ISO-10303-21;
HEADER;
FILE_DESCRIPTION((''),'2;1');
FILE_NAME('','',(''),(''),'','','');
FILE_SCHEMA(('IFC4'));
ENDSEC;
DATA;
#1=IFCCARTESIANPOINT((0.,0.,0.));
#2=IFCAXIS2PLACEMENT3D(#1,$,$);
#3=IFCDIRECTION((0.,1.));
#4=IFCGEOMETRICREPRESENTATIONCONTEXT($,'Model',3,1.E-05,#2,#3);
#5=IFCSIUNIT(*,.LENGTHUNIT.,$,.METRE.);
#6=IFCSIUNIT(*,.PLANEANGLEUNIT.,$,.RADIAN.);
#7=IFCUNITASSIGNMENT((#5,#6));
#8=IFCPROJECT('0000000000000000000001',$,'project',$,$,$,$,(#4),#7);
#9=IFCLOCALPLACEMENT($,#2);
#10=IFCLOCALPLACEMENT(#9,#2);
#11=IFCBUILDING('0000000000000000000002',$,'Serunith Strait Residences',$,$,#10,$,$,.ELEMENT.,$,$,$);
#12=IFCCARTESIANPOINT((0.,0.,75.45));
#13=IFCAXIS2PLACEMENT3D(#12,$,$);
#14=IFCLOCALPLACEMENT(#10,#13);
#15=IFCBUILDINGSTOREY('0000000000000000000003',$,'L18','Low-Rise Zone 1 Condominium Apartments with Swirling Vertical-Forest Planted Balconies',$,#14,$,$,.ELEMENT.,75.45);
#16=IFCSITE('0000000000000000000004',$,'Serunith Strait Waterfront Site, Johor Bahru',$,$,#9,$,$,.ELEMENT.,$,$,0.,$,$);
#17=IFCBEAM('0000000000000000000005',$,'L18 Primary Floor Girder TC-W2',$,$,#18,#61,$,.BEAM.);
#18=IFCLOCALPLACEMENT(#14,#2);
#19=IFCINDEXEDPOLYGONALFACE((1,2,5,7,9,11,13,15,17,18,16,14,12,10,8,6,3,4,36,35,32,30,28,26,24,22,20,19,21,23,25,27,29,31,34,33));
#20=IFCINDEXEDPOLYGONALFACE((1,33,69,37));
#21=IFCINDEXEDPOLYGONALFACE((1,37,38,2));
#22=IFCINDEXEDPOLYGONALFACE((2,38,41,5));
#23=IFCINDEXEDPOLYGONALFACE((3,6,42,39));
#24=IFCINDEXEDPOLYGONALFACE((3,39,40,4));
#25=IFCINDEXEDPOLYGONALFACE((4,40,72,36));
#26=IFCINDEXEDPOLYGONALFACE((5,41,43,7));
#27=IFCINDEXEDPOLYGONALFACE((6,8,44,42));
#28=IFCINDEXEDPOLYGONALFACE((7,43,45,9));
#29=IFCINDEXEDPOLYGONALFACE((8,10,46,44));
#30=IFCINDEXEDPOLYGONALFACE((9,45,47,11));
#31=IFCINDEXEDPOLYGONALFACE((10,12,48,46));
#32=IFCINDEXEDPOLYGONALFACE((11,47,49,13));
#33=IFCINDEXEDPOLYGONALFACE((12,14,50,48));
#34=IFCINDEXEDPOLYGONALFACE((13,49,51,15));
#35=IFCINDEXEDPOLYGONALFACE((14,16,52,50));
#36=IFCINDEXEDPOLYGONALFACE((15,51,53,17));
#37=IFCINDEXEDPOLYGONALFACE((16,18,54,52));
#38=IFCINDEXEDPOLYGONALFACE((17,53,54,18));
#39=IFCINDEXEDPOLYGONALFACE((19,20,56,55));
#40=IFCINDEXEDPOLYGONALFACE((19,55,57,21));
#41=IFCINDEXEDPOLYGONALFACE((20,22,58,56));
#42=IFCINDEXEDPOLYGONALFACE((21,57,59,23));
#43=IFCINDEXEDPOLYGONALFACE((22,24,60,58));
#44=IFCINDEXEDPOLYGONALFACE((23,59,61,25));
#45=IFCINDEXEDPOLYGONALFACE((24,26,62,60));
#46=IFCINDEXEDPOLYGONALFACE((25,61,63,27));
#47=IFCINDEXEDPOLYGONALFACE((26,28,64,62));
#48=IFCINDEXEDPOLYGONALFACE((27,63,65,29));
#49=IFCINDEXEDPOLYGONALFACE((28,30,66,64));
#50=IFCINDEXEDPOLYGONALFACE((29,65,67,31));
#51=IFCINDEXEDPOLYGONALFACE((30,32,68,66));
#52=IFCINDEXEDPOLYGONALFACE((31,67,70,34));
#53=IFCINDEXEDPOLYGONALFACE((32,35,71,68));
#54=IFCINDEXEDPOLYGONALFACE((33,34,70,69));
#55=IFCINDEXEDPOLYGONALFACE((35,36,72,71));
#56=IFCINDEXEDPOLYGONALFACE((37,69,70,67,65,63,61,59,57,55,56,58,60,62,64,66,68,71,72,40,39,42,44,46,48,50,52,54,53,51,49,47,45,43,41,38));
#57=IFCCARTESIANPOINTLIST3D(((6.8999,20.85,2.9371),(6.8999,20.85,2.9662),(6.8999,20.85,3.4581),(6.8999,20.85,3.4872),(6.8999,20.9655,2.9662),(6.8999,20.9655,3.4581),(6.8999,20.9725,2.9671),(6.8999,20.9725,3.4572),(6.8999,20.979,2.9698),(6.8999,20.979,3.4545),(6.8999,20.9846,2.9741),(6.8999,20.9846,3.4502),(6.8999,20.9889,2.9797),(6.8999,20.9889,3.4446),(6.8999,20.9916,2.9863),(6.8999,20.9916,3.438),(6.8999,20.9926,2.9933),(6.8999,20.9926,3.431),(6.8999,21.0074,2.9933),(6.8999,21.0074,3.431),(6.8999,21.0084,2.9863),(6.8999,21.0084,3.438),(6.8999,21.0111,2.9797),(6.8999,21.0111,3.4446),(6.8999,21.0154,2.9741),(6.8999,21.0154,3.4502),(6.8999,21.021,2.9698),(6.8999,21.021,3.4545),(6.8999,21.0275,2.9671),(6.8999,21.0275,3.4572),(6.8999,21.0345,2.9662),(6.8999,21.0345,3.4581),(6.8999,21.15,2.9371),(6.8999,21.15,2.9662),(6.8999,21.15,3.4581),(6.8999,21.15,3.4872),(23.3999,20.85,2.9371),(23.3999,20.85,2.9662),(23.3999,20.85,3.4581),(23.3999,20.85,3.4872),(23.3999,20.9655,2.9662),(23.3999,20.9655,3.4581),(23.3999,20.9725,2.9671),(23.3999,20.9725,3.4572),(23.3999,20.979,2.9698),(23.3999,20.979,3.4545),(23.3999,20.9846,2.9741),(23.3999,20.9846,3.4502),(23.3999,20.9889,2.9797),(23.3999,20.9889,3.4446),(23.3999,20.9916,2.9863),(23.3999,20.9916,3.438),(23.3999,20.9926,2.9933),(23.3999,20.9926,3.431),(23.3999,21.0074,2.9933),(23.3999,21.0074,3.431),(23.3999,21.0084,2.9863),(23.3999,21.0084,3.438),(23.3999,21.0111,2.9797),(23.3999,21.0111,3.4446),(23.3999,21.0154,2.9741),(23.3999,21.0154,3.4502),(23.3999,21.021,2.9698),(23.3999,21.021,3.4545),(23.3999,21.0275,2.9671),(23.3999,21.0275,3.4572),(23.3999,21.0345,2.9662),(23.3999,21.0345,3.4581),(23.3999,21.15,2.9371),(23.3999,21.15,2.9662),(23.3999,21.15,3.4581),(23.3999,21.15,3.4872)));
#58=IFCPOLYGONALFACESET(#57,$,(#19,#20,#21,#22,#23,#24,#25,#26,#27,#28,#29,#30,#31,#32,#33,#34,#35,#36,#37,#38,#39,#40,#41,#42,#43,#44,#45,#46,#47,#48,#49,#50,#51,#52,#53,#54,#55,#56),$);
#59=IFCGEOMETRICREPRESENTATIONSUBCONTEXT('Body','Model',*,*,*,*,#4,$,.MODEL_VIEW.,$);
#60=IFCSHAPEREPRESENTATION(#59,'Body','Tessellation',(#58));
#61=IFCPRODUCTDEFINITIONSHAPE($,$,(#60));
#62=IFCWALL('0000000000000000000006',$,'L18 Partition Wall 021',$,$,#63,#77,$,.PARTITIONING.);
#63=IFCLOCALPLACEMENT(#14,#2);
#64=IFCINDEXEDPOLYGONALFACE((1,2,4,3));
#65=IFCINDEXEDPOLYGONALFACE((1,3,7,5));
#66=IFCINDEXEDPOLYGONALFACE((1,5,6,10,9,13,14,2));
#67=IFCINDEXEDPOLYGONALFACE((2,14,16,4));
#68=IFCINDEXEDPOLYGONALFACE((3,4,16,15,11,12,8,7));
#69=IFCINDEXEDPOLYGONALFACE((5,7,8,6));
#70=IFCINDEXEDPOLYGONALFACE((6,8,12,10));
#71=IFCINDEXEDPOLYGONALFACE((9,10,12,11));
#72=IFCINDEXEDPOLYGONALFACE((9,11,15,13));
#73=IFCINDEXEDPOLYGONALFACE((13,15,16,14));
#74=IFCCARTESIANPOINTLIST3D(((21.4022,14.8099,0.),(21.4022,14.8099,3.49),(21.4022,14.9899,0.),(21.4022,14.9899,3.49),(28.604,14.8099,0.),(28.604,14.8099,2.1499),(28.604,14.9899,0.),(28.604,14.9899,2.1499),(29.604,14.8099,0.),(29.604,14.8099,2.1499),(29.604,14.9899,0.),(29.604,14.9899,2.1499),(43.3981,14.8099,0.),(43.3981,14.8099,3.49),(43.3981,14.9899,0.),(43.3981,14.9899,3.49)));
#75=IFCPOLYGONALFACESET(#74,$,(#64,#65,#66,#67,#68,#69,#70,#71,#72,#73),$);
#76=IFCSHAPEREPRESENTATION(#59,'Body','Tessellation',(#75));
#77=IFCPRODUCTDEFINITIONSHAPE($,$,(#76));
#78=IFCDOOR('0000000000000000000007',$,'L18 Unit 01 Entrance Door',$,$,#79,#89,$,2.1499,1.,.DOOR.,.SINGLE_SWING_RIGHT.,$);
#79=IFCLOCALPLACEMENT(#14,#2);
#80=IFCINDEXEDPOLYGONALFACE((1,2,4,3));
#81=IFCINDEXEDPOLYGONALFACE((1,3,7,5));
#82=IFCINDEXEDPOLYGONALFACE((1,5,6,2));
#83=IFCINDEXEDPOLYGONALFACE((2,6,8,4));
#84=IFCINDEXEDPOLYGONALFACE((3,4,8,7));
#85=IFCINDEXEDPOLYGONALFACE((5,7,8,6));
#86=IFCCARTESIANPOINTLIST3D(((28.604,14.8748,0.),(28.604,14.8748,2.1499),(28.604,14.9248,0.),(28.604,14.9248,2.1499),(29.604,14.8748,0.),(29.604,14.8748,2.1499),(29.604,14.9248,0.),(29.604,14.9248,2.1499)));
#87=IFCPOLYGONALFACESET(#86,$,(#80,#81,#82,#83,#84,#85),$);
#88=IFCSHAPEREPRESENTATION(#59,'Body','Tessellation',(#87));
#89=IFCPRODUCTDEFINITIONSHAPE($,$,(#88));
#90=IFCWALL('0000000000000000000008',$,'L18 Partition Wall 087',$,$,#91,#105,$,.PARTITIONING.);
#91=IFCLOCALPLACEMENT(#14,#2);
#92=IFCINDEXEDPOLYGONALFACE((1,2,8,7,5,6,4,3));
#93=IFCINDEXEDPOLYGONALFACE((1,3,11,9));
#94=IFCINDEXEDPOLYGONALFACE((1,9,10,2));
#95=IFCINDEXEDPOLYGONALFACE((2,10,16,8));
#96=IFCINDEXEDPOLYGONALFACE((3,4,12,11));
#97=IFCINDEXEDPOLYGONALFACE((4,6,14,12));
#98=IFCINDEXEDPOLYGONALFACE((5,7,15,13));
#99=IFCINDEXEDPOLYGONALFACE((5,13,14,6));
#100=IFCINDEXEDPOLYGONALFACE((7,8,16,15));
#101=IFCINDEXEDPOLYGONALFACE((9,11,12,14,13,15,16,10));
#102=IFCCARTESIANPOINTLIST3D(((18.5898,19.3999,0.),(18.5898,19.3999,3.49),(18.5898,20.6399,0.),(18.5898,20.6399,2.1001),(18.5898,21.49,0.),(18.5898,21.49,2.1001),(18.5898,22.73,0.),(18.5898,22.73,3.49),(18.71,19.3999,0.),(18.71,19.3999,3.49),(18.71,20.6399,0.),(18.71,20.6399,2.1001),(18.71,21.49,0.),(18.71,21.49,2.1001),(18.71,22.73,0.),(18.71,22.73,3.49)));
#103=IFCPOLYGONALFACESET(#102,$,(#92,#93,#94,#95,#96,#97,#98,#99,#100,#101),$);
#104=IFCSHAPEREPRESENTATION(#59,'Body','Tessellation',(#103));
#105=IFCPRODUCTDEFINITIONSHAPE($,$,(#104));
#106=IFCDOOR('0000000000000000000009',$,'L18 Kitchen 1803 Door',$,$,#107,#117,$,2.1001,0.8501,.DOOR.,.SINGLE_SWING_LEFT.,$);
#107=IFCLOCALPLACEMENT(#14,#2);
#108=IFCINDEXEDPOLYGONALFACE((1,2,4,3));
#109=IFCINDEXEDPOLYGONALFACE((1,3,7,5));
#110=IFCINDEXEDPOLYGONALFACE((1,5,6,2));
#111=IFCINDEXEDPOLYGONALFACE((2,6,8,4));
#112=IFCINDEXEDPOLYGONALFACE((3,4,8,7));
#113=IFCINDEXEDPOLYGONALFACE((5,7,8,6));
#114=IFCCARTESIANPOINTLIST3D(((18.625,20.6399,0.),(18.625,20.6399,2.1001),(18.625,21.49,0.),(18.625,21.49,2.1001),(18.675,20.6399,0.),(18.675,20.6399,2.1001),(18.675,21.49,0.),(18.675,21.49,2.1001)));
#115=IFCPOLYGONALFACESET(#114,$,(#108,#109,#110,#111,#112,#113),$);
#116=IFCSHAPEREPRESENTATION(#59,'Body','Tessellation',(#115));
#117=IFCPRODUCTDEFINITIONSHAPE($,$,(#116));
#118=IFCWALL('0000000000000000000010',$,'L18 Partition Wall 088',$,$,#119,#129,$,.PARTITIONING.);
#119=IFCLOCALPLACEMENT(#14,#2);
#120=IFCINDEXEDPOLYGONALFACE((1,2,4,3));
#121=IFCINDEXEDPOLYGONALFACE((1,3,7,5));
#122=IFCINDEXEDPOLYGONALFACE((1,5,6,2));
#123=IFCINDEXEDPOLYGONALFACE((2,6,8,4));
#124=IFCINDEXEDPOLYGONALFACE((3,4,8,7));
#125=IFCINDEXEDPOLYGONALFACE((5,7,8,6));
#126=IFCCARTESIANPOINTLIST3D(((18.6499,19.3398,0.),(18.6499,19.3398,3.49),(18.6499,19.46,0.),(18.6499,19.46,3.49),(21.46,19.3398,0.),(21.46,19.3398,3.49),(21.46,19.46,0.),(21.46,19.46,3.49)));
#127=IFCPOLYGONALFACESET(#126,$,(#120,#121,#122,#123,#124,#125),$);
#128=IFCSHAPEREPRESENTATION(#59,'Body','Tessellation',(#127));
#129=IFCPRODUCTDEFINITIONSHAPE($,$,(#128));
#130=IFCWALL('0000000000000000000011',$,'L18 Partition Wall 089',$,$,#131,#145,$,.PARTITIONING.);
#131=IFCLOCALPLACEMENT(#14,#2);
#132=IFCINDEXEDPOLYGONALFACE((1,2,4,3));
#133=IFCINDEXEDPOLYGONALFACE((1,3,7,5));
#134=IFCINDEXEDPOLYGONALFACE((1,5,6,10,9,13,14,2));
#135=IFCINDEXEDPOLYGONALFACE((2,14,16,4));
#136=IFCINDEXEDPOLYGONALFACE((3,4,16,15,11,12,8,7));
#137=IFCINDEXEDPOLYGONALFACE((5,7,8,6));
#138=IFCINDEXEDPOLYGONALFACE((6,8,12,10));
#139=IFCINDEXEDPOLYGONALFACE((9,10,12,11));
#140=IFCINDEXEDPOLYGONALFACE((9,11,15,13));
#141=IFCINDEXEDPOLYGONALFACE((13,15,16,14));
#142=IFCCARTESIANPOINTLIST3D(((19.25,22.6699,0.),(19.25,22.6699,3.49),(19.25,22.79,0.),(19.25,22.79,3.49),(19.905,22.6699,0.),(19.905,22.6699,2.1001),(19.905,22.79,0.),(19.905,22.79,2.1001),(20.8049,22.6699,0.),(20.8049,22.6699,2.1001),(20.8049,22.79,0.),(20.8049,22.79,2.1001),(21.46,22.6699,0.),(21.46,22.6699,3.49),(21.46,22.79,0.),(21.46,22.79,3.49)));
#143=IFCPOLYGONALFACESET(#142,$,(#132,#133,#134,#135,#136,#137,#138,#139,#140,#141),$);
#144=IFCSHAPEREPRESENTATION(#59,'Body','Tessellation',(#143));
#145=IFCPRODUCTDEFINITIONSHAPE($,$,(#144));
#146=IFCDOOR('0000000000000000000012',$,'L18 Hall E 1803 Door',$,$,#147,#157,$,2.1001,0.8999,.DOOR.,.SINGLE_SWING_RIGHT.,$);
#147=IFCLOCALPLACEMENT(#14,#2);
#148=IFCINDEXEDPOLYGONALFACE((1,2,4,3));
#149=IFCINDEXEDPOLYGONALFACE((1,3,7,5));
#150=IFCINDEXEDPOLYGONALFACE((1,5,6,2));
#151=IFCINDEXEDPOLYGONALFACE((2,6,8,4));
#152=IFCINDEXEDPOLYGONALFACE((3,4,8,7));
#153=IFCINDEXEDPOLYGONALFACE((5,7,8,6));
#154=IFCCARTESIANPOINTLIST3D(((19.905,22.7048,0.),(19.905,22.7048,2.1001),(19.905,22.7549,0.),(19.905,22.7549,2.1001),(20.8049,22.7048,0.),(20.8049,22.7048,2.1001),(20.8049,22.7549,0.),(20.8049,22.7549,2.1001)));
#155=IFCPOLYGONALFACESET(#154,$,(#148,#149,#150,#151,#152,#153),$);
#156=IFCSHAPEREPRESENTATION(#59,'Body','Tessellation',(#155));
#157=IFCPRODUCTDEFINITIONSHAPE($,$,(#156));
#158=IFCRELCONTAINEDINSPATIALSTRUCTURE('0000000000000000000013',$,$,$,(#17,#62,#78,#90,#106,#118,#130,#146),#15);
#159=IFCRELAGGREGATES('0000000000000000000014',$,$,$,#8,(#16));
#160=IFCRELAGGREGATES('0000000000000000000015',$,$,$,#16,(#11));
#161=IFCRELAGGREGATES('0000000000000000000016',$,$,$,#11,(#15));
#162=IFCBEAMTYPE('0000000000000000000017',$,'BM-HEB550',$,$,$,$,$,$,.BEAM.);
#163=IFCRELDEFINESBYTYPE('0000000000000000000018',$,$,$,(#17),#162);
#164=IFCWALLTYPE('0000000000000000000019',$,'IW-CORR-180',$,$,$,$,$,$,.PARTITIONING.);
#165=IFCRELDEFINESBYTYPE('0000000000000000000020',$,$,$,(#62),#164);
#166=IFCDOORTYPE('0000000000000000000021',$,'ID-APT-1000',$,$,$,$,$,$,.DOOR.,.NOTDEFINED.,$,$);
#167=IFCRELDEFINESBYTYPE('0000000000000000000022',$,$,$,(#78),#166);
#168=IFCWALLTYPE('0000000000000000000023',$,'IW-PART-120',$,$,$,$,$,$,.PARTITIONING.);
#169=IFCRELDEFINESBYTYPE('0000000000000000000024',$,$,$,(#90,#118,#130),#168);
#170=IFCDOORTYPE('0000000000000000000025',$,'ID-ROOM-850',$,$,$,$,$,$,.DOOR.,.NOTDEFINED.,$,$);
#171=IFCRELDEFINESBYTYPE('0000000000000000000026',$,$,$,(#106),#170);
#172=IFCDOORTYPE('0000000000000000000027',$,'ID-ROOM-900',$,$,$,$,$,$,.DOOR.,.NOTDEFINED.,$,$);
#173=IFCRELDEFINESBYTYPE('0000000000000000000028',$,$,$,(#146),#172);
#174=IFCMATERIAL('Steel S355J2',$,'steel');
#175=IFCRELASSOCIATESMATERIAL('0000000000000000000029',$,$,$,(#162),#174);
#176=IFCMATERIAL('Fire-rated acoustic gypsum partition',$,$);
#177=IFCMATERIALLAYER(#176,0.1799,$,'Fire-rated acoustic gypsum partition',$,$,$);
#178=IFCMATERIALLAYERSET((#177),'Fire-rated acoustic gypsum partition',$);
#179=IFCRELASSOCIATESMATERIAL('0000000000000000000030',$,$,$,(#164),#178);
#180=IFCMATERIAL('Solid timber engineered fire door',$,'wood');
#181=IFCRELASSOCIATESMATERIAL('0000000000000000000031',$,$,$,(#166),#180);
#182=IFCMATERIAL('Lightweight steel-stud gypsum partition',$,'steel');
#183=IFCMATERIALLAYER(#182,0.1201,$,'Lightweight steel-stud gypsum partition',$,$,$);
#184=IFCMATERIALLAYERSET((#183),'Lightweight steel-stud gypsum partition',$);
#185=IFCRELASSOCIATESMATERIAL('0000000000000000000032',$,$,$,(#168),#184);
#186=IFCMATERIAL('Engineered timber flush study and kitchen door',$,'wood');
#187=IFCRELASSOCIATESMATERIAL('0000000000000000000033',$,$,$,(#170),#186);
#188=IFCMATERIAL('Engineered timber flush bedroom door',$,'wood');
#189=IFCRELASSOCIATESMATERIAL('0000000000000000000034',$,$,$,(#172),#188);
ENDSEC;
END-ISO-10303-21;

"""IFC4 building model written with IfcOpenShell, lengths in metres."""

from ifc_helpers import new_model, si_unit, direction, frame, frame_2d, origin, origin_2d, place, context, subcontext, project, spatial, rectangle, i_section, extrude, source, transform, mapped, material, layer, layer_set, material_profile, profile_set, type_object, element, fill, save


model = new_model("IFC4")

# Units and contexts
model_context = context("Model", 3, precision=1e-05, world=origin(), true_north=direction((0.0, 1.0)))
body_context = subcontext(model_context, "Body", "Model", "MODEL_VIEW")
ifc_project = project(units=[si_unit("LENGTHUNIT", "METRE"), si_unit("PLANEANGLEUNIT", "RADIAN")], contexts=[model_context])

# Site, building, storey
site_placement = place(None, origin())
site = spatial("IfcSite", under=ifc_project, at=site_placement, Name="Serunith Strait Waterfront Site, Johor Bahru", CompositionType="ELEMENT", RefElevation=0.0)
building_placement = place(site_placement, origin())
building = spatial("IfcBuilding", under=site, at=building_placement, Name="Serunith Strait Residences", CompositionType="ELEMENT")
storey_placement = place(building_placement, frame((0.0, 0.0, 75.45)))
storey = spatial("IfcBuildingStorey", under=building, at=storey_placement, Name="L18", Description="Low-Rise Zone 1 Condominium Apartments with Swirling Vertical-Forest Planted Balconies", CompositionType="ELEMENT", Elevation=75.45)

# Beam
ifc_material_1 = material(Name="Steel S355J2", Category="steel")
ifc_material_profile = material_profile(ifc_material_1, i_section(OverallWidth=0.3, OverallDepth=0.55, WebThickness=0.0149, FlangeThickness=0.0291, FilletRadius=0.0271, at=origin_2d()), Name="HEB 550")
ifc_profile_set = profile_set([ifc_material_profile], Name="Steel S355J2")
beam_type = type_object("IfcBeamType", Name="BM-HEB550", PredefinedType="BEAM", material=ifc_profile_set)
shared_shape_1 = source(origin(), body_context, "Body", "SweptSolid", [
    extrude(i_section(OverallWidth=0.3, OverallDepth=0.55, WebThickness=0.0149, FlangeThickness=0.0291, FilletRadius=0.0271, at=origin_2d()), origin(), (0.0, 0.0, 1.0), 16.5),
])
beam_placement = place(storey_placement, frame((23.3999, 21.0, 3.2122), z_axis=(-1.0, 0.0, 0.0), x_axis=(0.0, -1.0, 0.0)))
element("IfcBeam", 1, at=beam_placement, inside=storey, type_object=beam_type, Name="L18 Primary Floor Girder TC-W2", PredefinedType="BEAM", context=body_context, shape_type="MappedRepresentation", body=[
    mapped(shared_shape_1, transform((0.0, 0.0, 0.0), scale=1.0)),
])

# Walls, openings, doors
ifc_material_2 = material(Name="Fire-rated acoustic gypsum partition")
ifc_layer_1 = layer(ifc_material_2, 0.1799, Name="Fire-rated acoustic gypsum partition")
ifc_layer_set_1 = layer_set([ifc_layer_1], Name="Fire-rated acoustic gypsum partition")
wall_type_1 = type_object("IfcWallType", Name="IW-CORR-180", PredefinedType="PARTITIONING", material=ifc_layer_set_1)
wall_1_placement = place(storey_placement, frame((21.4021, 14.8999, 0.0), z_axis=(0.0, 0.0, 1.0), x_axis=(1.0, 0.0, 0.0)))
wall_1 = element("IfcWall", 2, at=wall_1_placement, inside=storey, type_object=wall_type_1, Name="L18 Partition Wall 021", PredefinedType="PARTITIONING", context=body_context, shape_type="SweptSolid", body=[
    extrude(rectangle(XDim=21.9958, YDim=0.1799, at=frame_2d((10.998, 0.0))), origin(), (0.0, 0.0, 1.0), 3.49),
])
opening_1_placement = place(wall_1_placement, frame((7.2019, 0.0, 0.0)))
opening_1 = element("IfcOpeningElement", 3, at=opening_1_placement, cuts=wall_1, PredefinedType="OPENING", context=body_context, shape_type="SweptSolid", body=[
    extrude(rectangle(XDim=1.0, YDim=2.1499, at=frame_2d((0.5, 1.075))), frame((0.0, 0.1001, 0.0), z_axis=(0.0, -1.0, 0.0), x_axis=(1.0, 0.0, 0.0)), (0.0, 0.0, 1.0), 0.2),
])
ifc_material_3 = material(Name="Solid timber engineered fire door", Category="wood")
door_type_1 = type_object("IfcDoorType", Name="ID-APT-1000", OperationType="NOTDEFINED", PredefinedType="DOOR", material=ifc_material_3)
shared_shape_2 = source(origin(), body_context, "Body", "SweptSolid", [
    extrude(rectangle(XDim=1.0, YDim=2.1499, at=frame_2d((0.5, 1.075))), frame((0.0, 0.0249, 0.0), z_axis=(0.0, -1.0, 0.0), x_axis=(1.0, 0.0, 0.0)), (0.0, 0.0, 1.0), 0.05),
])
door_1_placement = place(opening_1_placement, origin())
door_1 = element("IfcDoor", 4, at=door_1_placement, inside=storey, type_object=door_type_1, Name="L18 Unit 01 Entrance Door", OperationType="SINGLE_SWING_RIGHT", OverallHeight=2.1499, OverallWidth=1.0, PredefinedType="DOOR", context=body_context, shape_type="MappedRepresentation", body=[
    mapped(shared_shape_2, transform((0.0, 0.0, 0.0), scale=1.0)),
])
fill(opening_1, door_1)
ifc_material_4 = material(Name="Lightweight steel-stud gypsum partition", Category="steel")
ifc_layer_2 = layer(ifc_material_4, 0.1201, Name="Lightweight steel-stud gypsum partition")
ifc_layer_set_2 = layer_set([ifc_layer_2], Name="Lightweight steel-stud gypsum partition")
wall_type_2 = type_object("IfcWallType", Name="IW-PART-120", PredefinedType="PARTITIONING", material=ifc_layer_set_2)
wall_2_placement = place(storey_placement, frame((18.6499, 19.3999, 0.0), z_axis=(0.0, 0.0, 1.0), x_axis=(0.0, 1.0, 0.0)))
wall_2 = element("IfcWall", 5, at=wall_2_placement, inside=storey, type_object=wall_type_2, Name="L18 Partition Wall 087", PredefinedType="PARTITIONING", context=body_context, shape_type="SweptSolid", body=[
    extrude(rectangle(XDim=3.3301, YDim=0.1201, at=frame_2d((1.665, 0.0))), origin(), (0.0, 0.0, 1.0), 3.49),
])
opening_2_placement = place(wall_2_placement, frame((1.24, 0.0, 0.0)))
opening_2 = element("IfcOpeningElement", 6, at=opening_2_placement, cuts=wall_2, PredefinedType="OPENING", context=body_context, shape_type="SweptSolid", body=[
    extrude(rectangle(XDim=0.8501, YDim=2.1001, at=frame_2d((0.425, 1.05))), frame((0.0, 0.0701, 0.0), z_axis=(0.0, -1.0, 0.0), x_axis=(1.0, 0.0, 0.0)), (0.0, 0.0, 1.0), 0.1401),
])
ifc_material_5 = material(Name="Engineered timber flush study and kitchen door", Category="wood")
door_type_2 = type_object("IfcDoorType", Name="ID-ROOM-850", OperationType="NOTDEFINED", PredefinedType="DOOR", material=ifc_material_5)
shared_shape_3 = source(origin(), body_context, "Body", "SweptSolid", [
    extrude(rectangle(XDim=0.8501, YDim=2.1001, at=frame_2d((0.425, 1.05))), frame((0.0, 0.0249, 0.0), z_axis=(0.0, -1.0, 0.0), x_axis=(1.0, 0.0, 0.0)), (0.0, 0.0, 1.0), 0.05),
])
door_2_placement = place(opening_2_placement, origin())
door_2 = element("IfcDoor", 7, at=door_2_placement, inside=storey, type_object=door_type_2, Name="L18 Kitchen 1803 Door", OperationType="SINGLE_SWING_LEFT", OverallHeight=2.1001, OverallWidth=0.8501, PredefinedType="DOOR", context=body_context, shape_type="MappedRepresentation", body=[
    mapped(shared_shape_3, transform((0.0, 0.0, 0.0), scale=1.0)),
])
fill(opening_2, door_2)

# Wall
wall_3_placement = place(storey_placement, frame((18.6499, 19.3999, 0.0), z_axis=(0.0, 0.0, 1.0), x_axis=(1.0, 0.0, 0.0)))
element("IfcWall", 8, at=wall_3_placement, inside=storey, type_object=wall_type_2, Name="L18 Partition Wall 088", PredefinedType="PARTITIONING", context=body_context, shape_type="SweptSolid", body=[
    extrude(rectangle(XDim=2.8101, YDim=0.1201, at=frame_2d((1.405, 0.0))), origin(), (0.0, 0.0, 1.0), 3.49),
])

# Wall, opening, door
wall_4_placement = place(storey_placement, frame((19.25, 22.73, 0.0), z_axis=(0.0, 0.0, 1.0), x_axis=(1.0, 0.0, 0.0)))
wall_4 = element("IfcWall", 9, at=wall_4_placement, inside=storey, type_object=wall_type_2, Name="L18 Partition Wall 089", PredefinedType="PARTITIONING", context=body_context, shape_type="SweptSolid", body=[
    extrude(rectangle(XDim=2.21, YDim=0.1201, at=frame_2d((1.105, 0.0))), origin(), (0.0, 0.0, 1.0), 3.49),
])
opening_3_placement = place(wall_4_placement, frame((0.655, 0.0, 0.0)))
opening_3 = element("IfcOpeningElement", 10, at=opening_3_placement, cuts=wall_4, PredefinedType="OPENING", context=body_context, shape_type="SweptSolid", body=[
    extrude(rectangle(XDim=0.8999, YDim=2.1001, at=frame_2d((0.45, 1.05))), frame((0.0, 0.0701, 0.0), z_axis=(0.0, -1.0, 0.0), x_axis=(1.0, 0.0, 0.0)), (0.0, 0.0, 1.0), 0.1401),
])
ifc_material_6 = material(Name="Engineered timber flush bedroom door", Category="wood")
door_type_3 = type_object("IfcDoorType", Name="ID-ROOM-900", OperationType="NOTDEFINED", PredefinedType="DOOR", material=ifc_material_6)
shared_shape_4 = source(origin(), body_context, "Body", "SweptSolid", [
    extrude(rectangle(XDim=0.8999, YDim=2.1001, at=frame_2d((0.45, 1.05))), frame((0.0, 0.0249, 0.0), z_axis=(0.0, -1.0, 0.0), x_axis=(1.0, 0.0, 0.0)), (0.0, 0.0, 1.0), 0.05),
])
door_3_placement = place(opening_3_placement, origin())
door_3 = element("IfcDoor", 11, at=door_3_placement, inside=storey, type_object=door_type_3, Name="L18 Hall E 1803 Door", OperationType="SINGLE_SWING_RIGHT", OverallHeight=2.1001, OverallWidth=0.8999, PredefinedType="DOOR", context=body_context, shape_type="MappedRepresentation", body=[
    mapped(shared_shape_4, transform((0.0, 0.0, 0.0), scale=1.0)),
])
fill(opening_3, door_3)

save(model, "model.ifc")
